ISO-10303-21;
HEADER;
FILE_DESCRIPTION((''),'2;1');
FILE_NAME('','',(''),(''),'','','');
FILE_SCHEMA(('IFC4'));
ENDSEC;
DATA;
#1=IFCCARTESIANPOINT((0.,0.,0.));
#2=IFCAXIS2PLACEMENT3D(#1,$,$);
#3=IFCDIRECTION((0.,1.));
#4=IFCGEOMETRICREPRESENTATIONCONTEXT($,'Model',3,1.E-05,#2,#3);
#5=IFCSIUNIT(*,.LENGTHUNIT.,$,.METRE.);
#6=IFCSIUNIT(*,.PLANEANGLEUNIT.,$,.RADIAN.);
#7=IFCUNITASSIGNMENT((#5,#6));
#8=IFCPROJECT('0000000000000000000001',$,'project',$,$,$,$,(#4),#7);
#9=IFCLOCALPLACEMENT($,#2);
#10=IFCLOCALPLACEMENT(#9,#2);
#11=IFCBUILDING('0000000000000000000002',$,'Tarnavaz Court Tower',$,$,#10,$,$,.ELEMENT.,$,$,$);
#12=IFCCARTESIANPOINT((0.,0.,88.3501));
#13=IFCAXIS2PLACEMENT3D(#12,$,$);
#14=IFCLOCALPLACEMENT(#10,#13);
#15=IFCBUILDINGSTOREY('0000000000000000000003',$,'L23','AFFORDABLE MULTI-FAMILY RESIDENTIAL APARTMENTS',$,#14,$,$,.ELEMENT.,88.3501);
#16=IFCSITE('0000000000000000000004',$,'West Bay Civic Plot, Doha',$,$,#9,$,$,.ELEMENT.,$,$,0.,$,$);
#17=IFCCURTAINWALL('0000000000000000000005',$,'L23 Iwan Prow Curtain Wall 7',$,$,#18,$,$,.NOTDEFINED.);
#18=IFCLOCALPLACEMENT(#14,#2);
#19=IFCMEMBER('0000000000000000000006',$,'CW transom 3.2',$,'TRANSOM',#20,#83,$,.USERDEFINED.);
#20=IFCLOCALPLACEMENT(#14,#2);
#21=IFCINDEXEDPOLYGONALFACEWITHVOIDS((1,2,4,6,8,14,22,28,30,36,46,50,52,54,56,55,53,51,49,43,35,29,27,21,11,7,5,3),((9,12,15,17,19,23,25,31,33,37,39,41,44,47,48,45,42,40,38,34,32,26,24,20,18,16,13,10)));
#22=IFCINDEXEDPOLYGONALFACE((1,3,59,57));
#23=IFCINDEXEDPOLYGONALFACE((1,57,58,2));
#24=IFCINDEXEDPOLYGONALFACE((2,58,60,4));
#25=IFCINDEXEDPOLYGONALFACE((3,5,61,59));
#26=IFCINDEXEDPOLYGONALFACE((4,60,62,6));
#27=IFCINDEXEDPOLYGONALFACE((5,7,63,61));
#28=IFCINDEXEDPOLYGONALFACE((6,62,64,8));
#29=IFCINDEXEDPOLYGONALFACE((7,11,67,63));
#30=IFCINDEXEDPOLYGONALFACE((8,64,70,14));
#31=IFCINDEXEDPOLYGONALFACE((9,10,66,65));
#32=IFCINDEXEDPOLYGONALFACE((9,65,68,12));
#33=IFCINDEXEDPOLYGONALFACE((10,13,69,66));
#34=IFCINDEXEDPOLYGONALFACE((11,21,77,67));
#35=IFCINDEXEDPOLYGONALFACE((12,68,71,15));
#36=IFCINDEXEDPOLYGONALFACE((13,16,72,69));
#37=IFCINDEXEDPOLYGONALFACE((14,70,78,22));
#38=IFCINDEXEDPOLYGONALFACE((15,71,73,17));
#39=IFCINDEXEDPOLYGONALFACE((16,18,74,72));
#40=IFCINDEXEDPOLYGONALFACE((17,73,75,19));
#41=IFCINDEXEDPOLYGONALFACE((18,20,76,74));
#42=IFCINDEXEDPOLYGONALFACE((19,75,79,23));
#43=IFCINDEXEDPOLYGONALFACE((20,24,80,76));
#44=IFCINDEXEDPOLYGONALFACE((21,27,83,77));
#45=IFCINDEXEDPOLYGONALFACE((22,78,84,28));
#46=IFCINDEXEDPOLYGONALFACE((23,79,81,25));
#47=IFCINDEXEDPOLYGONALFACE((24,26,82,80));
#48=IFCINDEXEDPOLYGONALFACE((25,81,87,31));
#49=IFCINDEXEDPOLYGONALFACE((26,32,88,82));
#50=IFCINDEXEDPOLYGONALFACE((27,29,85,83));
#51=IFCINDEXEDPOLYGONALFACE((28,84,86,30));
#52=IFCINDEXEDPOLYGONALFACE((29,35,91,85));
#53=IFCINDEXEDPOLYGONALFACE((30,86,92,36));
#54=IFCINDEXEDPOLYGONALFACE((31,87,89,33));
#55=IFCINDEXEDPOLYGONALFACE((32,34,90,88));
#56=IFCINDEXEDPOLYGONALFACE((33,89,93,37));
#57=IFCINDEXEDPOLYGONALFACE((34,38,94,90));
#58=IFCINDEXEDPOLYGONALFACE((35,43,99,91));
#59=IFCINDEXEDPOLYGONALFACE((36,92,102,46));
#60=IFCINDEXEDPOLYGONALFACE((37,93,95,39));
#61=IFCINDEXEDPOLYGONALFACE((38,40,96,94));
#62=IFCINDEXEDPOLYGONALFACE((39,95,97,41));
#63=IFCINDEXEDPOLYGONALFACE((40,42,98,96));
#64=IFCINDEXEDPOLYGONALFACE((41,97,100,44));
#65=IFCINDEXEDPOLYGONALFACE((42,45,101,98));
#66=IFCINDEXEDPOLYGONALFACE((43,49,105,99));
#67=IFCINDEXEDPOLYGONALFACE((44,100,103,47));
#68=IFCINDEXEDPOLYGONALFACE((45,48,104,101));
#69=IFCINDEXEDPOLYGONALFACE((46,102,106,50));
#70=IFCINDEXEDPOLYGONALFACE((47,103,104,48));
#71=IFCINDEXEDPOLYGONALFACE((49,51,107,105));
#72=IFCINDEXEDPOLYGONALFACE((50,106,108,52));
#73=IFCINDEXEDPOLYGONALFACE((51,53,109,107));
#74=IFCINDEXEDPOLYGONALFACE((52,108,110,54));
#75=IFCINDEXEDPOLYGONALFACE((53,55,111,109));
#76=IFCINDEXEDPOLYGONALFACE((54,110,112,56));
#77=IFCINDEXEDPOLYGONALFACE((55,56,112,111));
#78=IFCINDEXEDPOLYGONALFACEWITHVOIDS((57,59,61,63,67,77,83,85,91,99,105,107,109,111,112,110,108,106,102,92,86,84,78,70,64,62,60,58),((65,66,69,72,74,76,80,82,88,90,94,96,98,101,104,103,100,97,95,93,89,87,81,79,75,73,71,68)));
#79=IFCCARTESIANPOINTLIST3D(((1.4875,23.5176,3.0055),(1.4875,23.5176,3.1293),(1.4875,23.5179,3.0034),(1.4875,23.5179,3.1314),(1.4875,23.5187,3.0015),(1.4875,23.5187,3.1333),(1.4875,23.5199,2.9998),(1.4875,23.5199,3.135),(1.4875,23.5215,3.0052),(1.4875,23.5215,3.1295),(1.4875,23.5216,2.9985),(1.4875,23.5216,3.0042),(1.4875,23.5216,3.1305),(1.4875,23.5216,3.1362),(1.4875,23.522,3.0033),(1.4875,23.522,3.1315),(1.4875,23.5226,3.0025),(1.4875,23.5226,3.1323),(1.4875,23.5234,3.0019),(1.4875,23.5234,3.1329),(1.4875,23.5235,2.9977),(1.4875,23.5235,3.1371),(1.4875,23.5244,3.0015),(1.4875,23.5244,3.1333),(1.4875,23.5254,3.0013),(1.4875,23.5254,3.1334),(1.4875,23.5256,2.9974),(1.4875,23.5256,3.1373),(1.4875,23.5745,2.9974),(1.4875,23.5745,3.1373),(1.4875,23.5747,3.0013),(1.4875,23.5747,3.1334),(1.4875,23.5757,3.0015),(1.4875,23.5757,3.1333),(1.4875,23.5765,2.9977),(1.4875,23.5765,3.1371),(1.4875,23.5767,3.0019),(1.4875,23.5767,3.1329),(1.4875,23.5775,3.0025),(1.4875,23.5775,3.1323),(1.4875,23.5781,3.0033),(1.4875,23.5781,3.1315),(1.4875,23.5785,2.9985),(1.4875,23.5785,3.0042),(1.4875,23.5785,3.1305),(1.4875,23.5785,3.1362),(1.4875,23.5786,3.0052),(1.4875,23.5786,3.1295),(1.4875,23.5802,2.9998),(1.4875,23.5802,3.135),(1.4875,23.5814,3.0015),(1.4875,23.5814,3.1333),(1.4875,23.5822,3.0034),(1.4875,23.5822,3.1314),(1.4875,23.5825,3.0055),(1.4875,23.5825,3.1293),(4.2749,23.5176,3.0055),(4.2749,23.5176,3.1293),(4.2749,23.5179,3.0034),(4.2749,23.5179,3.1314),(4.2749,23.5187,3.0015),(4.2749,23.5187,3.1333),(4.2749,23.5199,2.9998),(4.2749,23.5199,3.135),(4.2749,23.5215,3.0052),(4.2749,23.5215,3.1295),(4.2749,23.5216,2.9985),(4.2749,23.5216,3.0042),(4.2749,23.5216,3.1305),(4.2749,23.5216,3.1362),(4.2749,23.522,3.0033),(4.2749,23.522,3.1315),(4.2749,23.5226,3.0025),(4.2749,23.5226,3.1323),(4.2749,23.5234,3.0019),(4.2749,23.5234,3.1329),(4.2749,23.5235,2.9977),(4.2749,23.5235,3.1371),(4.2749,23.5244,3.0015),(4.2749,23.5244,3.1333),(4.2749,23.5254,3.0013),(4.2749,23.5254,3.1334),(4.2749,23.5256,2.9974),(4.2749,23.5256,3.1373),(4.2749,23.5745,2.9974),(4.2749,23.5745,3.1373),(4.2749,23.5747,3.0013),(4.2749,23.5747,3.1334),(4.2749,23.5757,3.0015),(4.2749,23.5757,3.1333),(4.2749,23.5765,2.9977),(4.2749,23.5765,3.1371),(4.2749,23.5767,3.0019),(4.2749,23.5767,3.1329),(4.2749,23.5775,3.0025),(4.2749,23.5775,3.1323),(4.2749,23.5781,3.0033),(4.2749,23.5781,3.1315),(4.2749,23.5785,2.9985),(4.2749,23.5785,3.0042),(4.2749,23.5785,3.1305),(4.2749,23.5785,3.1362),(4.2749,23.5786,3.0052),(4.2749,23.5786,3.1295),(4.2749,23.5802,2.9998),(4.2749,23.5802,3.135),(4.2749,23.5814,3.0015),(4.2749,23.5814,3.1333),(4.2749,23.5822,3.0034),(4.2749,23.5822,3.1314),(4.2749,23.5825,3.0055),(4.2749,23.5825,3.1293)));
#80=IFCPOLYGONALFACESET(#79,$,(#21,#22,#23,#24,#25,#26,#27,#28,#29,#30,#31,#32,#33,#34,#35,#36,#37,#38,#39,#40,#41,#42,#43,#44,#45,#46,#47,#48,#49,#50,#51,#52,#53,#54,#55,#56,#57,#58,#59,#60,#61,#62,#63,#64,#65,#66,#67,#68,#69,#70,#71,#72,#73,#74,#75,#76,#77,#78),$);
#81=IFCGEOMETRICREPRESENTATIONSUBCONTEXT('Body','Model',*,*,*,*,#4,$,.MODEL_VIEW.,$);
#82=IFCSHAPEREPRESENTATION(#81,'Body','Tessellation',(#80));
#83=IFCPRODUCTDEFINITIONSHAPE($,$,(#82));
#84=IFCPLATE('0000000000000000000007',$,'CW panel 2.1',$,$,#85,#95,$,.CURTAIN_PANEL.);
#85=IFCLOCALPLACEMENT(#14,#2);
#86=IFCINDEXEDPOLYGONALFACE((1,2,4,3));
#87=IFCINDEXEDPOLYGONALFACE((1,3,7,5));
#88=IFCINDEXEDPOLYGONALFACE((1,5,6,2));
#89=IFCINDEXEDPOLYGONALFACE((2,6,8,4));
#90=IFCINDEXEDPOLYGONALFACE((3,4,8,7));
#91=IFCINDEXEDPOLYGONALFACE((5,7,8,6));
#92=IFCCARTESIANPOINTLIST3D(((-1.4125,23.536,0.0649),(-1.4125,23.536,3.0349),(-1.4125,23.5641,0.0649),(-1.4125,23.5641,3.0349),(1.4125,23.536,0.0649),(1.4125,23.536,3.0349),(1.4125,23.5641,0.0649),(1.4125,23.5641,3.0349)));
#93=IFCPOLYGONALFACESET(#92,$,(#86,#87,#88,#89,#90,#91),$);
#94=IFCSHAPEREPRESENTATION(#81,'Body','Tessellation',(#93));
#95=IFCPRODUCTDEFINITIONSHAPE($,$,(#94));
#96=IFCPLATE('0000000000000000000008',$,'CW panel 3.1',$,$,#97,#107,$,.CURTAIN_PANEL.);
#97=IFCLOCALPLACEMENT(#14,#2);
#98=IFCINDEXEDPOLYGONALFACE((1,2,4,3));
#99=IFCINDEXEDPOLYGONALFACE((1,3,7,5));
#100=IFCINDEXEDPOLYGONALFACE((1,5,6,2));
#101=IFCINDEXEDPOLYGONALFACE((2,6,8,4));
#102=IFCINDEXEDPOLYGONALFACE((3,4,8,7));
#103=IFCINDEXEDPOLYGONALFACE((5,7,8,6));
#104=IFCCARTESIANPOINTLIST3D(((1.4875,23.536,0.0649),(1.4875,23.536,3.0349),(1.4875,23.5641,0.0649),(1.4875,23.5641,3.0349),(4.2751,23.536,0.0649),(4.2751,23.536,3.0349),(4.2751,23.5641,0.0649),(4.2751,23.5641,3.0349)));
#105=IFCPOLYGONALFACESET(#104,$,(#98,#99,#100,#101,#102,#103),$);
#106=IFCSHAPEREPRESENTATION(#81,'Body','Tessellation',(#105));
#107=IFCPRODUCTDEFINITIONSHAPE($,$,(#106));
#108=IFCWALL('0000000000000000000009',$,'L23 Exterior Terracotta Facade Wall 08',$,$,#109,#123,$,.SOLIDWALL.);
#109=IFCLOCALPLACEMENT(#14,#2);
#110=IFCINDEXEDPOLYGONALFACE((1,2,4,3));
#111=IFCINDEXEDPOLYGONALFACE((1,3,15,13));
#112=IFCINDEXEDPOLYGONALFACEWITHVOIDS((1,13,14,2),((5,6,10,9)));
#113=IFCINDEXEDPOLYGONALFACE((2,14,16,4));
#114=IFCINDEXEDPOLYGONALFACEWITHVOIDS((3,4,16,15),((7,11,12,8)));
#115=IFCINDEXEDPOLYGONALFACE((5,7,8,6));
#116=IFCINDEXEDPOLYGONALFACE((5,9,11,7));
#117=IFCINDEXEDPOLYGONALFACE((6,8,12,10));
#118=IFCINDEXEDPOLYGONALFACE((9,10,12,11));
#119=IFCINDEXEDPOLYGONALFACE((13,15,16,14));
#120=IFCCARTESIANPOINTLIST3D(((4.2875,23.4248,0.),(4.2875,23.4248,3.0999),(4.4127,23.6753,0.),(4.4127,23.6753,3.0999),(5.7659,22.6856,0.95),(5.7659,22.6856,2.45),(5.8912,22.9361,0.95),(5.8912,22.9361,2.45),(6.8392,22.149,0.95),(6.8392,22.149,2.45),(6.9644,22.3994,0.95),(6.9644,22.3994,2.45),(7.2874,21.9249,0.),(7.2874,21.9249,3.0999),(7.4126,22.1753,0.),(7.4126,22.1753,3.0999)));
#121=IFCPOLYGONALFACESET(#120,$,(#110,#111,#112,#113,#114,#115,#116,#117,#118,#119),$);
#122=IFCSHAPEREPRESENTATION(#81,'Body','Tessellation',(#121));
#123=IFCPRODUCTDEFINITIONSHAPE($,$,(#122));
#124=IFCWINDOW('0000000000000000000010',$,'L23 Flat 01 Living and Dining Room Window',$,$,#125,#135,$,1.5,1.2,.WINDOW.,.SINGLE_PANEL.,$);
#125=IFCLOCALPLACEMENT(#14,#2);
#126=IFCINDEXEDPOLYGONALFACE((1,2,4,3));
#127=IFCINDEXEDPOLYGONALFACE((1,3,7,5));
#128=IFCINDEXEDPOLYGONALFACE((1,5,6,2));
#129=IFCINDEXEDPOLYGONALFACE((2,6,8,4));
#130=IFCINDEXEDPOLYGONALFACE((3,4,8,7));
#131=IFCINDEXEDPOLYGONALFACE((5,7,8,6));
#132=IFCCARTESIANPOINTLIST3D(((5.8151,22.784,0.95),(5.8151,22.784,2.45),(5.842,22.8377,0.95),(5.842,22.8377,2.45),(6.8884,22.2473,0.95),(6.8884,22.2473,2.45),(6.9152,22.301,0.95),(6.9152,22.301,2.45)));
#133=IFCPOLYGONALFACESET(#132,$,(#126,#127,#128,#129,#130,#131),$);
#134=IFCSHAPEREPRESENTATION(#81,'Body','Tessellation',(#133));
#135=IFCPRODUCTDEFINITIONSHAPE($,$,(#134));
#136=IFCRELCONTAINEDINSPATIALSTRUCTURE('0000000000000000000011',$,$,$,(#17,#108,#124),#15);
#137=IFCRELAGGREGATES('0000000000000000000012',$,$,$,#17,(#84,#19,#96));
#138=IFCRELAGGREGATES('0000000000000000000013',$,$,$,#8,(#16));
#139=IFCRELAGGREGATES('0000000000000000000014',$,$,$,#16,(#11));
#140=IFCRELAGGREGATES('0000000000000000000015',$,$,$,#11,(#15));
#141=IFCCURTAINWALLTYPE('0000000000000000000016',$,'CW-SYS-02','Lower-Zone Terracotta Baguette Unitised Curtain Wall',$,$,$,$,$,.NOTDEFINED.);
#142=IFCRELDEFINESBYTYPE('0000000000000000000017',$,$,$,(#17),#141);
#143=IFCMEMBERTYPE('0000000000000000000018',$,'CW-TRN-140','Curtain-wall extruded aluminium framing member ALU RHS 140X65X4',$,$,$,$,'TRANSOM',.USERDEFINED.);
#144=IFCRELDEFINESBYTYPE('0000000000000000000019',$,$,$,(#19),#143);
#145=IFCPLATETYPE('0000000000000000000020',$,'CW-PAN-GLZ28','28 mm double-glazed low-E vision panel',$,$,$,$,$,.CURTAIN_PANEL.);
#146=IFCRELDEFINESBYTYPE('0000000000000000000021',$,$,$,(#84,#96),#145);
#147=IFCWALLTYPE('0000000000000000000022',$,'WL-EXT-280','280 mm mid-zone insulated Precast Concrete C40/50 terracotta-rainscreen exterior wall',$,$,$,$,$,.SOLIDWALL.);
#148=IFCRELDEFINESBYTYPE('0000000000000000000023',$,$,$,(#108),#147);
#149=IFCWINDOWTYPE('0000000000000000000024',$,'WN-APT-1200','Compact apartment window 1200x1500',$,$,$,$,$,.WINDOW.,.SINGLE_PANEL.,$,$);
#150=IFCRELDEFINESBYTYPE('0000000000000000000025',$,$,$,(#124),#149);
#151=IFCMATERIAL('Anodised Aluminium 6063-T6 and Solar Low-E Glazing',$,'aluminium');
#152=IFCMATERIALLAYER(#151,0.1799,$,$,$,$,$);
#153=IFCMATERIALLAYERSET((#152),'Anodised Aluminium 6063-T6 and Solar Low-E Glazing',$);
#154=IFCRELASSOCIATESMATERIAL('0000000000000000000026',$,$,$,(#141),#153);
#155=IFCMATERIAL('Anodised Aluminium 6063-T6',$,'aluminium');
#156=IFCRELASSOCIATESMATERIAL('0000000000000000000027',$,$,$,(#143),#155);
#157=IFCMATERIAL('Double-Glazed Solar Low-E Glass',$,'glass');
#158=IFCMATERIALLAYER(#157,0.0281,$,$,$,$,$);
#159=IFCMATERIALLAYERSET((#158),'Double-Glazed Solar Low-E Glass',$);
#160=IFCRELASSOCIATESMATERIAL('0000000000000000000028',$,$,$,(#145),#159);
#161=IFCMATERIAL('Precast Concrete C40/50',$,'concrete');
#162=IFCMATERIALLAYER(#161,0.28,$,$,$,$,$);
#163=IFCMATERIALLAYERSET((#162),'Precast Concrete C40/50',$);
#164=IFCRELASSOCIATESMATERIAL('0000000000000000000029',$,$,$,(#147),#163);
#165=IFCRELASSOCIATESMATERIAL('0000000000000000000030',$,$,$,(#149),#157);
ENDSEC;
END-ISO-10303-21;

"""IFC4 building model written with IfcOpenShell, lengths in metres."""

from ifc_helpers import new_model, si_unit, direction, frame, frame_2d, origin, origin_2d, place, context, subcontext, project, spatial, rectangle, hollow_rectangle, extrude, material, layer, layer_set, material_profile, profile_set, type_object, element, fill, aggregate, save


model = new_model("IFC4")

# Units and contexts
model_context = context("Model", 3, precision=1e-05, world=origin(), true_north=direction((0.0, 1.0)))
body_context = subcontext(model_context, "Body", "Model", "MODEL_VIEW")
ifc_project = project(units=[si_unit("LENGTHUNIT", "METRE"), si_unit("PLANEANGLEUNIT", "RADIAN")], contexts=[model_context])

# Site, building, storey
site_placement = place(None, origin())
site = spatial("IfcSite", under=ifc_project, at=site_placement, Name="West Bay Civic Plot, Doha", CompositionType="ELEMENT", RefElevation=0.0)
building_placement = place(site_placement, origin())
building = spatial("IfcBuilding", under=site, at=building_placement, Name="Tarnavaz Court Tower", CompositionType="ELEMENT")
storey_placement = place(building_placement, frame((0.0, 0.0, 88.3501)))
storey = spatial("IfcBuildingStorey", under=building, at=storey_placement, Name="L23", Description="AFFORDABLE MULTI-FAMILY RESIDENTIAL APARTMENTS", CompositionType="ELEMENT", Elevation=88.3501)

# Curtain wall, member, plates
ifc_material_1 = material(Name="Anodised Aluminium 6063-T6 and Solar Low-E Glazing", Category="aluminium")
ifc_layer_1 = layer(ifc_material_1, 0.1799)
ifc_layer_set_1 = layer_set([ifc_layer_1], Name="Anodised Aluminium 6063-T6 and Solar Low-E Glazing")
curtain_wall_type = type_object("IfcCurtainWallType", Name="CW-SYS-02", Description="Lower-Zone Terracotta Baguette Unitised Curtain Wall", PredefinedType="NOTDEFINED", material=ifc_layer_set_1)
curtain_wall_placement = place(storey_placement, origin())
curtain_wall = element("IfcCurtainWall", 1, at=curtain_wall_placement, inside=storey, type_object=curtain_wall_type, Name="L23 Iwan Prow Curtain Wall 7", PredefinedType="NOTDEFINED")
ifc_material_2 = material(Name="Anodised Aluminium 6063-T6", Category="aluminium")
ifc_material_profile_1 = material_profile(ifc_material_2, hollow_rectangle(XDim=0.0649, YDim=0.1399, WallThickness=0.0039, InnerFilletRadius=0.0039, OuterFilletRadius=0.0081, at=origin_2d()), Name="ALU RHS 140X65X4")
ifc_profile_set_1 = profile_set([ifc_material_profile_1], Name="Anodised Aluminium 6063-T6")
member_type_1 = type_object("IfcMemberType", Name="CW-TRN-140", Description="Curtain-wall extruded aluminium framing member ALU RHS 140X65X4", ElementType="TRANSOM", PredefinedType="USERDEFINED", material=ifc_profile_set_1)
member_1_placement = place(storey_placement, frame((1.4875, 23.55, 3.0674), z_axis=(1.0, 0.0, 0.0), x_axis=(0.0, 1.0, 0.0)))
member_1 = element("IfcMember", 2, at=member_1_placement, type_object=member_type_1, Name="CW transom 3.2", ObjectType="TRANSOM", PredefinedType="USERDEFINED", context=body_context, shape_type="SweptSolid", body=[
    extrude(hollow_rectangle(XDim=0.0649, YDim=0.1399, WallThickness=0.0039, InnerFilletRadius=0.0039, OuterFilletRadius=0.0081, at=origin_2d()), origin(), (0.0, 0.0, 1.0), 2.7874),
])
ifc_material_3 = material(Name="Double-Glazed Solar Low-E Glass", Category="glass")
ifc_layer_2 = layer(ifc_material_3, 0.0281)
ifc_layer_set_2 = layer_set([ifc_layer_2], Name="Double-Glazed Solar Low-E Glass")
plate_type = type_object("IfcPlateType", Name="CW-PAN-GLZ28", Description="28 mm double-glazed low-E vision panel", PredefinedType="CURTAIN_PANEL", material=ifc_layer_set_2)
plate_1_placement = place(storey_placement, frame((0.0, 23.55, 0.0649), z_axis=(0.0, 0.0, 1.0), x_axis=(1.0, 0.0, 0.0)))
plate_1 = element("IfcPlate", 3, at=plate_1_placement, type_object=plate_type, Name="CW panel 2.1", PredefinedType="CURTAIN_PANEL", context=body_context, shape_type="SweptSolid", body=[
    extrude(rectangle(XDim=2.825, YDim=0.0281, at=origin_2d()), origin(), (0.0, 0.0, 1.0), 2.97),
])
plate_2_placement = place(storey_placement, frame((2.8813, 23.55, 0.0649), z_axis=(0.0, 0.0, 1.0), x_axis=(1.0, 0.0, 0.0)))
plate_2 = element("IfcPlate", 4, at=plate_2_placement, type_object=plate_type, Name="CW panel 3.1", PredefinedType="CURTAIN_PANEL", context=body_context, shape_type="SweptSolid", body=[
    extrude(rectangle(XDim=2.7876, YDim=0.0281, at=origin_2d()), origin(), (0.0, 0.0, 1.0), 2.97),
])
aggregate(curtain_wall, [plate_1, member_1, plate_2])

# Wall, opening, window
ifc_material_4 = material(Name="Precast Concrete C40/50", Category="concrete")
ifc_layer_3 = layer(ifc_material_4, 0.28)
ifc_layer_set_3 = layer_set([ifc_layer_3], Name="Precast Concrete C40/50")
wall_type_1 = type_object("IfcWallType", Name="WL-EXT-280", Description="280 mm mid-zone insulated Precast Concrete C40/50 terracotta-rainscreen exterior wall", PredefinedType="SOLIDWALL", material=ifc_layer_set_3)
wall_1_placement = place(storey_placement, frame((4.3501, 23.55, 0.0), z_axis=(0.0, 0.0, 1.0), x_axis=(0.894427, -0.447214, 0.0)))
wall_1 = element("IfcWall", 5, at=wall_1_placement, inside=storey, type_object=wall_type_1, Name="L23 Exterior Terracotta Facade Wall 08", PredefinedType="SOLIDWALL", context=body_context, shape_type="SweptSolid", body=[
    extrude(rectangle(XDim=3.354, YDim=0.28, at=frame_2d((1.677, 0.0))), origin(), (0.0, 0.0, 1.0), 3.0999),
])
opening_1_placement = place(wall_1_placement, frame((1.6528, 0.0, 0.95)))
opening_1 = element("IfcOpeningElement", 6, at=opening_1_placement, cuts=wall_1, PredefinedType="OPENING", context=body_context, shape_type="SweptSolid", body=[
    extrude(rectangle(XDim=1.2, YDim=1.5, at=frame_2d((0.6001, 0.75))), frame((0.0, 0.1499, 0.0), z_axis=(0.0, -1.0, 0.0), x_axis=(1.0, 0.0, 0.0)), (0.0, 0.0, 1.0), 0.3),
])
window_type_1 = type_object("IfcWindowType", Name="WN-APT-1200", Description="Compact apartment window 1200x1500", PartitioningType="SINGLE_PANEL", PredefinedType="WINDOW", material=ifc_material_3)
window_1_placement = place(opening_1_placement, origin())
window_1 = element("IfcWindow", 7, at=window_1_placement, inside=storey, type_object=window_type_1, Name="L23 Flat 01 Living and Dining Room Window", OverallHeight=1.5, OverallWidth=1.2, PartitioningType="SINGLE_PANEL", PredefinedType="WINDOW", context=body_context, shape_type="SweptSolid", body=[
    extrude(rectangle(XDim=1.2, YDim=1.5, at=frame_2d((0.6001, 0.75))), frame((0.0, 0.03, 0.0), z_axis=(0.0, -1.0, 0.0), x_axis=(1.0, 0.0, 0.0)), (0.0, 0.0, 1.0), 0.0601),
])
fill(opening_1, window_1)

save(model, "model.ifc")
